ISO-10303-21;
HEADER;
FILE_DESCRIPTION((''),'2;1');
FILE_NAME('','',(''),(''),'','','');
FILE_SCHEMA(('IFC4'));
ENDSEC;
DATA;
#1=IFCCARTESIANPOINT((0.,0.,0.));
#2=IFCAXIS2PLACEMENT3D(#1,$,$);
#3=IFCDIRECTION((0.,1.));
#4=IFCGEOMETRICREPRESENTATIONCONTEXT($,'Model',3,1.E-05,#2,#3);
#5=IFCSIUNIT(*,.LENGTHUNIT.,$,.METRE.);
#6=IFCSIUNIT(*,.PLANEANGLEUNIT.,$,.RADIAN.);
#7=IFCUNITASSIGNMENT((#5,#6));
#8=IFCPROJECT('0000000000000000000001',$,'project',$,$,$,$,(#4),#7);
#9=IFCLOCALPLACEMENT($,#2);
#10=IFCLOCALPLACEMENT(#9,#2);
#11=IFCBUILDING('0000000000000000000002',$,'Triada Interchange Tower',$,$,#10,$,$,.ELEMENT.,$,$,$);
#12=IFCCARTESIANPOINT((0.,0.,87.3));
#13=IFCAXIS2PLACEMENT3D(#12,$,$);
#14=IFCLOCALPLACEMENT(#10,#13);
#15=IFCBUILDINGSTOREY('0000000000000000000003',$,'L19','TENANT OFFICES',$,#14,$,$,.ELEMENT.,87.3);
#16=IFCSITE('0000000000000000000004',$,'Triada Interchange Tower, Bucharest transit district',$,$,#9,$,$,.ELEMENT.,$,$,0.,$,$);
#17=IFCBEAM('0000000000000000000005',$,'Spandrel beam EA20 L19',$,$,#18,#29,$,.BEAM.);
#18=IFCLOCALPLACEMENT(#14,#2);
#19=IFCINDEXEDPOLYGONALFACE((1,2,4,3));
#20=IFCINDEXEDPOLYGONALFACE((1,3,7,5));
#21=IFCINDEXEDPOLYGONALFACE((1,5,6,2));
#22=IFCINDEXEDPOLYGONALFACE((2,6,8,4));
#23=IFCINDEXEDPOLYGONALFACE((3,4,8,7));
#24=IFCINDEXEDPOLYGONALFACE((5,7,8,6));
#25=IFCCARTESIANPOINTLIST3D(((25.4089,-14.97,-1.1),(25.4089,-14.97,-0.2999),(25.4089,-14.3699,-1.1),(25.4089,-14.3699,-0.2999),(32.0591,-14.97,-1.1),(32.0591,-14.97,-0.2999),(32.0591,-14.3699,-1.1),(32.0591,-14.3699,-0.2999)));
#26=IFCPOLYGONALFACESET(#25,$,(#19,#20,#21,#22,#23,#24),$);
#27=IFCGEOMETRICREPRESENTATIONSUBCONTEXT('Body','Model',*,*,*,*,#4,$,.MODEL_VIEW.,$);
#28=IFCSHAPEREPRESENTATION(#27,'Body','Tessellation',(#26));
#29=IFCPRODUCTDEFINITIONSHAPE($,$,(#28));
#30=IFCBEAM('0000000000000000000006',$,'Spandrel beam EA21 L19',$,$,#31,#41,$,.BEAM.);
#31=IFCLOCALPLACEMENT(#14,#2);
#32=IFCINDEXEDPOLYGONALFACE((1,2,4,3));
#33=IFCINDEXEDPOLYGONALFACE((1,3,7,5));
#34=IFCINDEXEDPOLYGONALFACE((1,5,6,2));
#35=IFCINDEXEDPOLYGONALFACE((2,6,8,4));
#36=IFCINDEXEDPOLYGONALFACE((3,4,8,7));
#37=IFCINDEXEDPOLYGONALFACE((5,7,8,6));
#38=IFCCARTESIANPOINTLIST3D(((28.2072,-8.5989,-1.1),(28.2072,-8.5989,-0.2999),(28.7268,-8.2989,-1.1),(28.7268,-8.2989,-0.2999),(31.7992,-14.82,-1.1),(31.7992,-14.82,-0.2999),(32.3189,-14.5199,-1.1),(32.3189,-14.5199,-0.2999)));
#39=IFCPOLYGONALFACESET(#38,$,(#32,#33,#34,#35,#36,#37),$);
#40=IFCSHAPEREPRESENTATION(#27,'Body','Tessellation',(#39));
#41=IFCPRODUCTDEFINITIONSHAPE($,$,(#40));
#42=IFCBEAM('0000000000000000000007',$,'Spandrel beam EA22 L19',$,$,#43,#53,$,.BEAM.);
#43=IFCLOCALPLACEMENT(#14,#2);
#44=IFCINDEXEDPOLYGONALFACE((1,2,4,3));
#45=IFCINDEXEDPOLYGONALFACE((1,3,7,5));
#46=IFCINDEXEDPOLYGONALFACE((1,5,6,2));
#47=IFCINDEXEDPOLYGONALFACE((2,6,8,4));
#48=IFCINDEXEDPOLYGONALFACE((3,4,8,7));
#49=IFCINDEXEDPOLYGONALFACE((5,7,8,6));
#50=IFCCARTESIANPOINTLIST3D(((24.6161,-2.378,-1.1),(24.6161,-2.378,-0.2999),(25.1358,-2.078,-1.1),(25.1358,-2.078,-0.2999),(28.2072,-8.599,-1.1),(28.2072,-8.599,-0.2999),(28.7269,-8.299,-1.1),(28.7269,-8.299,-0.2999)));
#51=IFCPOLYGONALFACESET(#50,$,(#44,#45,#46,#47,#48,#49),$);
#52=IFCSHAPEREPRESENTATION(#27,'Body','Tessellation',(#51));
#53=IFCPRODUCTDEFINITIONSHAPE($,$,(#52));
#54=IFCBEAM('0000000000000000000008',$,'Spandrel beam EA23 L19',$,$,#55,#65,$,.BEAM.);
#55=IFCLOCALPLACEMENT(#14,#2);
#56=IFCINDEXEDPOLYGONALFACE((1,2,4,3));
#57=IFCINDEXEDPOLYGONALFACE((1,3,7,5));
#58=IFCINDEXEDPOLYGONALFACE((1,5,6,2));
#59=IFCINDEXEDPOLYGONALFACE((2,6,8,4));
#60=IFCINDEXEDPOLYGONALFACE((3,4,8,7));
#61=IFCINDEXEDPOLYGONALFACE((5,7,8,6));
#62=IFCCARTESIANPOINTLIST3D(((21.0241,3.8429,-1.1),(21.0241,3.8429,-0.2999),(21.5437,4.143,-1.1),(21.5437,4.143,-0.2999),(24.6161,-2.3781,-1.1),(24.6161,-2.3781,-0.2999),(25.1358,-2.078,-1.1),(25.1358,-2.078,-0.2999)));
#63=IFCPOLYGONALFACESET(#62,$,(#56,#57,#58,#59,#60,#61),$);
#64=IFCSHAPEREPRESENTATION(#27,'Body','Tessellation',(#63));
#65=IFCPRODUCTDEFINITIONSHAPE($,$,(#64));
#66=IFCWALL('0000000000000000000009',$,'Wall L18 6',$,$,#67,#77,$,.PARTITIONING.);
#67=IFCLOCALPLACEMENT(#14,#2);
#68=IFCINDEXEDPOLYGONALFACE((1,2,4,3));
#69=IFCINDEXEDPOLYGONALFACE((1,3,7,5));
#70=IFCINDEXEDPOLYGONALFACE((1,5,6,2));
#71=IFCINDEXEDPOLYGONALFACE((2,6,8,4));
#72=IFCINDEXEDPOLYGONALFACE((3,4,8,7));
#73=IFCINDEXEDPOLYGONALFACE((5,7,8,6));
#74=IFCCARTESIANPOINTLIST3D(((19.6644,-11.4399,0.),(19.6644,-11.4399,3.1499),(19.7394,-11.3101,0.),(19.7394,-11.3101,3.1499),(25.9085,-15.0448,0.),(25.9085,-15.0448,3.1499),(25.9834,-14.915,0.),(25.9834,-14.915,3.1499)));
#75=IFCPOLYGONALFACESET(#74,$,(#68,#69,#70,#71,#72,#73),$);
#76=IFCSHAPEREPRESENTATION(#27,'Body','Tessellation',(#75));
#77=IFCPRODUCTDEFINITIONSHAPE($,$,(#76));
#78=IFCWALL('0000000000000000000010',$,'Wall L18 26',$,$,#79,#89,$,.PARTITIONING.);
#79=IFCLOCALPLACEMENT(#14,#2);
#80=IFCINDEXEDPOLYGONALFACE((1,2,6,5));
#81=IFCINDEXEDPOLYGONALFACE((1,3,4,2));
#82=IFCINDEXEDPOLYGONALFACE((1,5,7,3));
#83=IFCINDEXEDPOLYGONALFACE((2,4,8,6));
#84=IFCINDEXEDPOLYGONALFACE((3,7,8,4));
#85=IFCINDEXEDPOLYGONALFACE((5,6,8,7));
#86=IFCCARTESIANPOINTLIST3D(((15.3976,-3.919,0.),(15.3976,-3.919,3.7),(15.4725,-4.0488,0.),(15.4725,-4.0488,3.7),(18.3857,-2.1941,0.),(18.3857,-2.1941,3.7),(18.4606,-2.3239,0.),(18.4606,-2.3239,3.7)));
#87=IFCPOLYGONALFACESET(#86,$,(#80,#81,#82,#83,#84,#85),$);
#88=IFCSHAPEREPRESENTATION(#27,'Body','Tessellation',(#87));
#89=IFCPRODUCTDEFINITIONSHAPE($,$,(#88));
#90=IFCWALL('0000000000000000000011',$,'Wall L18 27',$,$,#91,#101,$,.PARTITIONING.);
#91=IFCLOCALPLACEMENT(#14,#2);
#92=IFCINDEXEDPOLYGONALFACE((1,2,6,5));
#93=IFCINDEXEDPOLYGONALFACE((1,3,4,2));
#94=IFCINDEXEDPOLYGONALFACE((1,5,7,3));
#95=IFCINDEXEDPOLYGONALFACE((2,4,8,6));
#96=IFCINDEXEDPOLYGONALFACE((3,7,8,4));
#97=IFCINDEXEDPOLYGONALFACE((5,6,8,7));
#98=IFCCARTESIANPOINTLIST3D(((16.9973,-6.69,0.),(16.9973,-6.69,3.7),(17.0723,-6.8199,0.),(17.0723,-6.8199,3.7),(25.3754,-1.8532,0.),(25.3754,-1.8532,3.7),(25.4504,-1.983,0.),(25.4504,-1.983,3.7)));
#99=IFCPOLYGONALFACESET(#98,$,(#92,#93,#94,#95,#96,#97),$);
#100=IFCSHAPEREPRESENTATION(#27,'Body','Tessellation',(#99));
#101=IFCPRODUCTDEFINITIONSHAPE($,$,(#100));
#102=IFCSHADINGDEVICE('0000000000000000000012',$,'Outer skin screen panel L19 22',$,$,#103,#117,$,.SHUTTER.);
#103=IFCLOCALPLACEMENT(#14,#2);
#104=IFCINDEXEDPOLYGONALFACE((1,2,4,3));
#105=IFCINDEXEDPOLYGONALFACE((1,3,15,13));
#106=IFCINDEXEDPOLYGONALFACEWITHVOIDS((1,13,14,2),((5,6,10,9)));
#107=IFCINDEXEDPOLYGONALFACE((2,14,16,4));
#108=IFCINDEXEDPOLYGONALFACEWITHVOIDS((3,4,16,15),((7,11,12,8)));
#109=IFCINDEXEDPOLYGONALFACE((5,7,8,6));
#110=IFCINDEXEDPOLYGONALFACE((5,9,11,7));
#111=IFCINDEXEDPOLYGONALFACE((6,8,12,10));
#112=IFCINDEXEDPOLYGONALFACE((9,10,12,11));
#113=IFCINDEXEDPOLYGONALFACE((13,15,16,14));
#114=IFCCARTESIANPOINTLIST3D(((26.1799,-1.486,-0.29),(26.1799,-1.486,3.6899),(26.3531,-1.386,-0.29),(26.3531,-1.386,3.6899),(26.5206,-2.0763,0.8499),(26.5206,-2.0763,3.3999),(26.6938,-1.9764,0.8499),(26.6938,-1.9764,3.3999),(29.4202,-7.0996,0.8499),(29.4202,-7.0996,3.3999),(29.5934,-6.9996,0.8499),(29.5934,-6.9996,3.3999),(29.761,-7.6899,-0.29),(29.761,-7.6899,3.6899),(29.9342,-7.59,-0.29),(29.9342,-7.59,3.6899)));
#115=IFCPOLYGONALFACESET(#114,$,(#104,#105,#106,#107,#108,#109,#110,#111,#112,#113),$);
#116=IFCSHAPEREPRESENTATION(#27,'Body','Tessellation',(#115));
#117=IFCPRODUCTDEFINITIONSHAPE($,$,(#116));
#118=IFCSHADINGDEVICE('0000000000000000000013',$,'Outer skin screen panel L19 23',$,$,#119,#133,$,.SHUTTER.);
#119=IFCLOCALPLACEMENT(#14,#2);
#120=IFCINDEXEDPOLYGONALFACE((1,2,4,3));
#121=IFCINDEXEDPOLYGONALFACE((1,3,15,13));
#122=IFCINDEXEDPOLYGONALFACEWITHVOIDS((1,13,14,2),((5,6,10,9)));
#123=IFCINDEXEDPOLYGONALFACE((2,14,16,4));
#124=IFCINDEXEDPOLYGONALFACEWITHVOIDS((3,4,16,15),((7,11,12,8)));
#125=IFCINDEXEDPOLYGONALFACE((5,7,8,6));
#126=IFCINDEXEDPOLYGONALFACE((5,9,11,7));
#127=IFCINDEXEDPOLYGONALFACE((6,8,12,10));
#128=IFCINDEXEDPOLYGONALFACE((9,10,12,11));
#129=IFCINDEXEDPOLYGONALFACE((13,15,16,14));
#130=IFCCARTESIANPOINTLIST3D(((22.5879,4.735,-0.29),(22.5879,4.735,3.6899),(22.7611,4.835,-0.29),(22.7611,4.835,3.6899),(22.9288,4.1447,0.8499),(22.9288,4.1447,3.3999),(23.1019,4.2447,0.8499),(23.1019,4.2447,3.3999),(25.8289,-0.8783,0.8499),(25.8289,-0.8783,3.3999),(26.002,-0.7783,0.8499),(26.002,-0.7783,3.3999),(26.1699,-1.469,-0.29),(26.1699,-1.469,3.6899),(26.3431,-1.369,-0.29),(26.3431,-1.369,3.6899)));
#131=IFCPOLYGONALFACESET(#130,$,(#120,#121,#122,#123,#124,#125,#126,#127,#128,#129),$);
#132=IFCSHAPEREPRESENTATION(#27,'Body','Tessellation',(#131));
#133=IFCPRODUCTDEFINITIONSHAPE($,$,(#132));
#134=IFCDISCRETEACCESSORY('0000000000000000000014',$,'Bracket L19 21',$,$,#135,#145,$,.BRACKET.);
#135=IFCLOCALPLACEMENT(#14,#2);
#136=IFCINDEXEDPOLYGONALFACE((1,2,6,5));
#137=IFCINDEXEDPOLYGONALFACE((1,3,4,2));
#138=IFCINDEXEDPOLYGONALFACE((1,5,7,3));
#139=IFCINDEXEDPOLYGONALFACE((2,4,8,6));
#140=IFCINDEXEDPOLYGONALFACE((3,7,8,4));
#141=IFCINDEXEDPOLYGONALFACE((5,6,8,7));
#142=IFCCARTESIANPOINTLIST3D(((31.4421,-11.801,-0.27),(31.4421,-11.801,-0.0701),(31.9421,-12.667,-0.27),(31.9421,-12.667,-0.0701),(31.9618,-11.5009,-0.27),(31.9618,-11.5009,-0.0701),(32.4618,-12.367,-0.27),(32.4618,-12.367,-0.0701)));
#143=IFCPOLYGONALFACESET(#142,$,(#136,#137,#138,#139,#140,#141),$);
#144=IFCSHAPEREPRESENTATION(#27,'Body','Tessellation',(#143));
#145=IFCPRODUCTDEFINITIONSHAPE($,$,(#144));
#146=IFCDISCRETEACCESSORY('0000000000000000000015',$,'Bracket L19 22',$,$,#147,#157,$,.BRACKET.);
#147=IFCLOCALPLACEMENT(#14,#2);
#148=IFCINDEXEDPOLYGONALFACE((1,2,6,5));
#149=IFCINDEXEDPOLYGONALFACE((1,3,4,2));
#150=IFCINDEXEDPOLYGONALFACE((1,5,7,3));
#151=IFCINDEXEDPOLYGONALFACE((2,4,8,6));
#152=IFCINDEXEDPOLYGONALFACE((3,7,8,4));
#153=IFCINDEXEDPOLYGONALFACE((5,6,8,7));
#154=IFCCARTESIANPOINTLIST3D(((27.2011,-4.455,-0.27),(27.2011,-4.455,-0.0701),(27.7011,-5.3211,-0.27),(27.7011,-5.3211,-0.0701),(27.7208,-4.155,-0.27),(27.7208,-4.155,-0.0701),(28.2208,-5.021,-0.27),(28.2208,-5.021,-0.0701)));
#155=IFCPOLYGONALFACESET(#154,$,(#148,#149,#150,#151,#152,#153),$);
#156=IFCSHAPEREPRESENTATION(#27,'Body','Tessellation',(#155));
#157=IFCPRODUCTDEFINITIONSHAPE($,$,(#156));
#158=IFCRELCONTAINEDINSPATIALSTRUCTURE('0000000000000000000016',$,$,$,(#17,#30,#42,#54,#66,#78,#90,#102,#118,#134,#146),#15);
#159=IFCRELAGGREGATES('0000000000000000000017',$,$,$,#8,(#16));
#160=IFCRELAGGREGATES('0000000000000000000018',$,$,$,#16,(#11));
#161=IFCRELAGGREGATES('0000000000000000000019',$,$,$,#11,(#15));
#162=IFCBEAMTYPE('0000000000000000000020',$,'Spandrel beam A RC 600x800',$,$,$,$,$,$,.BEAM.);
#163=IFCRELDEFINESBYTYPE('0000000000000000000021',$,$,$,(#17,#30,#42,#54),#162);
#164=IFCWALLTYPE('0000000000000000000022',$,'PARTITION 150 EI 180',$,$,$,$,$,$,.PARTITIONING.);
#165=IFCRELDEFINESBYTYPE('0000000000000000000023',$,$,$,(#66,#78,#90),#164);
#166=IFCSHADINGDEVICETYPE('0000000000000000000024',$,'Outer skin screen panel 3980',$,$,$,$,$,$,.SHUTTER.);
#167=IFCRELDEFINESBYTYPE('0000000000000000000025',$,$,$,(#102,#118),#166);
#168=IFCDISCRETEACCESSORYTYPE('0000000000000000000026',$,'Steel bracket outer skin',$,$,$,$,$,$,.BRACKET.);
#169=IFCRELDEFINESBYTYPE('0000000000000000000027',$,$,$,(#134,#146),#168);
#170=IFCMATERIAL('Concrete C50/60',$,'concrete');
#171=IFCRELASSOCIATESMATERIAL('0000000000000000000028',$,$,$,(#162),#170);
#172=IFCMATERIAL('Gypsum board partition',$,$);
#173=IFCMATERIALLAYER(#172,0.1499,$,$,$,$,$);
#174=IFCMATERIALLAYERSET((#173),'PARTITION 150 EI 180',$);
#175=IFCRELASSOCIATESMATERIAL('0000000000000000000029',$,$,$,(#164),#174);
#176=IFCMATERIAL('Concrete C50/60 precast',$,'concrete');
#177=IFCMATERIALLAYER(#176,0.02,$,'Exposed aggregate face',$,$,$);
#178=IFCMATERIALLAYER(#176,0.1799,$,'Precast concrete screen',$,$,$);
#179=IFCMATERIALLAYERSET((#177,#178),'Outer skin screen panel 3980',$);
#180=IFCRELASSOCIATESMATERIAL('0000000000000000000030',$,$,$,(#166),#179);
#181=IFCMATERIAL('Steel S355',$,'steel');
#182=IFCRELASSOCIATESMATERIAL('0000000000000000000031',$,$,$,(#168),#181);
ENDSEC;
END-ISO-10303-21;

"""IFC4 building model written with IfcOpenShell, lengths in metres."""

from ifc_helpers import new_model, si_unit, direction, frame, frame_2d, origin, origin_2d, place, context, subcontext, project, spatial, polyline, rectangle, outline, extrude, material, layer, layer_set, material_profile, profile_set, type_object, element, save


model = new_model("IFC4")

# Units and contexts
model_context = context("Model", 3, precision=1e-05, world=origin(), true_north=direction((0.0, 1.0)))
body_context = subcontext(model_context, "Body", "Model", "MODEL_VIEW")
ifc_project = project(units=[si_unit("LENGTHUNIT", "METRE"), si_unit("PLANEANGLEUNIT", "RADIAN")], contexts=[model_context])

# Site, building, storey
site_placement = place(None, origin())
site = spatial("IfcSite", under=ifc_project, at=site_placement, Name="Triada Interchange Tower, Bucharest transit district", CompositionType="ELEMENT", RefElevation=0.0)
building_placement = place(site_placement, origin())
building = spatial("IfcBuilding", under=site, at=building_placement, Name="Triada Interchange Tower", CompositionType="ELEMENT")
storey_placement = place(building_placement, frame((0.0, 0.0, 87.3)))
storey = spatial("IfcBuildingStorey", under=building, at=storey_placement, Name="L19", Description="TENANT OFFICES", CompositionType="ELEMENT", Elevation=87.3)

# Beams
ifc_material_1 = material(Name="Concrete C50/60", Category="concrete")
ifc_material_profile_1 = material_profile(ifc_material_1, rectangle(XDim=0.6001, YDim=0.8, at=origin_2d()), Name="RC 600x800")
ifc_profile_set_1 = profile_set([ifc_material_profile_1], Name="Concrete C50/60")
beam_type_1 = type_object("IfcBeamType", Name="Spandrel beam A RC 600x800", PredefinedType="BEAM", material=ifc_profile_set_1)
beam_1_placement = place(storey_placement, frame((25.4089, -14.6699, -0.7), z_axis=(1.0, 0.0, 0.0), x_axis=(0.0, 1.0, 0.0)))
element("IfcBeam", 1, at=beam_1_placement, inside=storey, type_object=beam_type_1, Name="Spandrel beam EA20 L19", PredefinedType="BEAM", context=body_context, shape_type="SweptSolid", body=[
    extrude(rectangle(XDim=0.6001, YDim=0.8, at=origin_2d()), origin(), (0.0, 0.0, 1.0), 6.6501),
])
beam_2_placement = place(storey_placement, frame((32.0591, -14.6699, -0.7), z_axis=(-0.500039, 0.866003, 0.0), x_axis=(-0.866003, -0.500039, 0.0)))
element("IfcBeam", 2, at=beam_2_placement, inside=storey, type_object=beam_type_1, Name="Spandrel beam EA21 L19", PredefinedType="BEAM", context=body_context, shape_type="SweptSolid", body=[
    extrude(rectangle(XDim=0.6001, YDim=0.8, at=origin_2d()), origin(), (0.0, 0.0, 1.0), 7.1836),
])
beam_3_placement = place(storey_placement, frame((28.467, -8.449, -0.7), z_axis=(-0.499937, 0.866062, 0.0), x_axis=(-0.866062, -0.499937, 0.0)))
element("IfcBeam", 3, at=beam_3_placement, inside=storey, type_object=beam_type_1, Name="Spandrel beam EA22 L19", PredefinedType="BEAM", context=body_context, shape_type="SweptSolid", body=[
    extrude(rectangle(XDim=0.6001, YDim=0.8, at=origin_2d()), origin(), (0.0, 0.0, 1.0), 7.1831),
])
beam_4_placement = place(storey_placement, frame((24.876, -2.228, -0.7), z_axis=(-0.500039, 0.866003, 0.0), x_axis=(-0.866003, -0.500039, 0.0)))
element("IfcBeam", 4, at=beam_4_placement, inside=storey, type_object=beam_type_1, Name="Spandrel beam EA23 L19", PredefinedType="BEAM", context=body_context, shape_type="SweptSolid", body=[
    extrude(rectangle(XDim=0.6001, YDim=0.8, at=origin_2d()), origin(), (0.0, 0.0, 1.0), 7.1836),
])

# Walls
ifc_material_2 = material(Name="Gypsum board partition")
ifc_layer_1 = layer(ifc_material_2, 0.1499)
ifc_layer_set_1 = layer_set([ifc_layer_1], Name="PARTITION 150 EI 180")
wall_type = type_object("IfcWallType", Name="PARTITION 150 EI 180", PredefinedType="PARTITIONING", material=ifc_layer_set_1)
wall_1_placement = place(storey_placement, frame((19.7019, -11.375, 0.0), z_axis=(0.0, 0.0, 1.0), x_axis=(0.86603, -0.499992, 0.0)))
element("IfcWall", 5, at=wall_1_placement, inside=storey, type_object=wall_type, Name="Wall L18 6", PredefinedType="PARTITIONING", context=body_context, shape_type="SweptSolid", body=[
    extrude(rectangle(XDim=7.21, YDim=0.1499, at=frame_2d((3.605, 0.0))), origin(), (0.0, 0.0, 1.0), 3.1499),
])
wall_2_placement = place(storey_placement, frame((15.4351, -3.9839, 0.0), z_axis=(0.0, 0.0, 1.0), x_axis=(0.866062, 0.499937, 0.0)))
element("IfcWall", 6, at=wall_2_placement, inside=storey, type_object=wall_type, Name="Wall L18 26", PredefinedType="PARTITIONING", context=body_context, shape_type="SweptSolid", body=[
    extrude(rectangle(XDim=3.4502, YDim=0.1499, at=frame_2d((1.7251, 0.0))), origin(), (0.0, 0.0, 1.0), 3.7),
])
wall_3_placement = place(storey_placement, frame((17.0349, -6.7549, 0.0), z_axis=(0.0, 0.0, 1.0), x_axis=(0.866036, 0.499982, 0.0)))
element("IfcWall", 7, at=wall_3_placement, inside=storey, type_object=wall_type, Name="Wall L18 27", PredefinedType="PARTITIONING", context=body_context, shape_type="SweptSolid", body=[
    extrude(rectangle(XDim=9.6741, YDim=0.1499, at=frame_2d((4.8369, 0.0))), origin(), (0.0, 0.0, 1.0), 3.7),
])

# Shading devices
ifc_material_3 = material(Name="Concrete C50/60 precast", Category="concrete")
ifc_layer_2 = layer(ifc_material_3, 0.02, Name="Exposed aggregate face")
ifc_layer_3 = layer(ifc_material_3, 0.1799, Name="Precast concrete screen")
ifc_layer_set_2 = layer_set([ifc_layer_2, ifc_layer_3], Name="Outer skin screen panel 3980")
shading_device_type = type_object("IfcShadingDeviceType", Name="Outer skin screen panel 3980", PredefinedType="SHUTTER", material=ifc_layer_set_2)
shading_device_1_placement = place(storey_placement, frame((29.761, -7.6899, -0.29), z_axis=(0.0, 0.0, 1.0), x_axis=(-0.499922, 0.86607, 0.0)))
element("IfcShadingDevice", 8, at=shading_device_1_placement, inside=storey, type_object=shading_device_type, Name="Outer skin screen panel L19 22", PredefinedType="SHUTTER", context=body_context, shape_type="SweptSolid", body=[
    extrude(outline(polyline([(0.0, 0.0), (7.1633, 0.0), (7.1633, 3.98), (0.0, 3.98), (0.0, 0.0)]), holes=[polyline([(0.6816, 1.1399), (0.6816, 3.6899), (6.4817, 3.6899), (6.4817, 1.1399), (0.6816, 1.1399)])]), frame((0.0, 0.0, 0.0), z_axis=(0.0, -1.0, 0.0), x_axis=(1.0, 0.0, 0.0)), (0.0, 0.0, 1.0), 0.2),
])
shading_device_2_placement = place(storey_placement, frame((26.1699, -1.469, -0.29), z_axis=(0.0, 0.0, 1.0), x_axis=(-0.50001, 0.86602, 0.0)))
element("IfcShadingDevice", 9, at=shading_device_2_placement, inside=storey, type_object=shading_device_type, Name="Outer skin screen panel L19 23", PredefinedType="SHUTTER", context=body_context, shape_type="SweptSolid", body=[
    extrude(outline(polyline([(0.0, 0.0), (7.1638, 0.0), (7.1638, 3.98), (0.0, 3.98), (0.0, 0.0)]), holes=[polyline([(0.6821, 1.1399), (0.6821, 3.6899), (6.4822, 3.6899), (6.4822, 1.1399), (0.6821, 1.1399)])]), frame((0.0, 0.0, 0.0), z_axis=(0.0, -1.0, 0.0), x_axis=(1.0, 0.0, 0.0)), (0.0, 0.0, 1.0), 0.2),
])

# Discrete accessories
ifc_material_4 = material(Name="Steel S355", Category="steel")
discrete_accessory_type = type_object("IfcDiscreteAccessoryType", Name="Steel bracket outer skin", PredefinedType="BRACKET", material=ifc_material_4)
for number, where, z_axis, x_axis, name in (
    (10, (31.9519, -12.084, -0.27), (0.0, 0.0, 1.0), (0.866025, 0.5, 0.0), "Bracket L19 21"),
    (11, (27.7109, -4.738, -0.27), (0.0, 0.0, 1.0), (0.866025, 0.5, 0.0), "Bracket L19 22"),
):
    element("IfcDiscreteAccessory", number, at=place(storey_placement, frame(where, z_axis=z_axis, x_axis=x_axis)), inside=storey, type_object=discrete_accessory_type, Name=name, PredefinedType="BRACKET", context=body_context, shape_type="SweptSolid", body=[
        extrude(rectangle(XDim=0.6001, YDim=1.0, at=origin_2d()), origin(), (0.0, 0.0, 1.0), 0.2),
    ])

save(model, "model.ifc")
